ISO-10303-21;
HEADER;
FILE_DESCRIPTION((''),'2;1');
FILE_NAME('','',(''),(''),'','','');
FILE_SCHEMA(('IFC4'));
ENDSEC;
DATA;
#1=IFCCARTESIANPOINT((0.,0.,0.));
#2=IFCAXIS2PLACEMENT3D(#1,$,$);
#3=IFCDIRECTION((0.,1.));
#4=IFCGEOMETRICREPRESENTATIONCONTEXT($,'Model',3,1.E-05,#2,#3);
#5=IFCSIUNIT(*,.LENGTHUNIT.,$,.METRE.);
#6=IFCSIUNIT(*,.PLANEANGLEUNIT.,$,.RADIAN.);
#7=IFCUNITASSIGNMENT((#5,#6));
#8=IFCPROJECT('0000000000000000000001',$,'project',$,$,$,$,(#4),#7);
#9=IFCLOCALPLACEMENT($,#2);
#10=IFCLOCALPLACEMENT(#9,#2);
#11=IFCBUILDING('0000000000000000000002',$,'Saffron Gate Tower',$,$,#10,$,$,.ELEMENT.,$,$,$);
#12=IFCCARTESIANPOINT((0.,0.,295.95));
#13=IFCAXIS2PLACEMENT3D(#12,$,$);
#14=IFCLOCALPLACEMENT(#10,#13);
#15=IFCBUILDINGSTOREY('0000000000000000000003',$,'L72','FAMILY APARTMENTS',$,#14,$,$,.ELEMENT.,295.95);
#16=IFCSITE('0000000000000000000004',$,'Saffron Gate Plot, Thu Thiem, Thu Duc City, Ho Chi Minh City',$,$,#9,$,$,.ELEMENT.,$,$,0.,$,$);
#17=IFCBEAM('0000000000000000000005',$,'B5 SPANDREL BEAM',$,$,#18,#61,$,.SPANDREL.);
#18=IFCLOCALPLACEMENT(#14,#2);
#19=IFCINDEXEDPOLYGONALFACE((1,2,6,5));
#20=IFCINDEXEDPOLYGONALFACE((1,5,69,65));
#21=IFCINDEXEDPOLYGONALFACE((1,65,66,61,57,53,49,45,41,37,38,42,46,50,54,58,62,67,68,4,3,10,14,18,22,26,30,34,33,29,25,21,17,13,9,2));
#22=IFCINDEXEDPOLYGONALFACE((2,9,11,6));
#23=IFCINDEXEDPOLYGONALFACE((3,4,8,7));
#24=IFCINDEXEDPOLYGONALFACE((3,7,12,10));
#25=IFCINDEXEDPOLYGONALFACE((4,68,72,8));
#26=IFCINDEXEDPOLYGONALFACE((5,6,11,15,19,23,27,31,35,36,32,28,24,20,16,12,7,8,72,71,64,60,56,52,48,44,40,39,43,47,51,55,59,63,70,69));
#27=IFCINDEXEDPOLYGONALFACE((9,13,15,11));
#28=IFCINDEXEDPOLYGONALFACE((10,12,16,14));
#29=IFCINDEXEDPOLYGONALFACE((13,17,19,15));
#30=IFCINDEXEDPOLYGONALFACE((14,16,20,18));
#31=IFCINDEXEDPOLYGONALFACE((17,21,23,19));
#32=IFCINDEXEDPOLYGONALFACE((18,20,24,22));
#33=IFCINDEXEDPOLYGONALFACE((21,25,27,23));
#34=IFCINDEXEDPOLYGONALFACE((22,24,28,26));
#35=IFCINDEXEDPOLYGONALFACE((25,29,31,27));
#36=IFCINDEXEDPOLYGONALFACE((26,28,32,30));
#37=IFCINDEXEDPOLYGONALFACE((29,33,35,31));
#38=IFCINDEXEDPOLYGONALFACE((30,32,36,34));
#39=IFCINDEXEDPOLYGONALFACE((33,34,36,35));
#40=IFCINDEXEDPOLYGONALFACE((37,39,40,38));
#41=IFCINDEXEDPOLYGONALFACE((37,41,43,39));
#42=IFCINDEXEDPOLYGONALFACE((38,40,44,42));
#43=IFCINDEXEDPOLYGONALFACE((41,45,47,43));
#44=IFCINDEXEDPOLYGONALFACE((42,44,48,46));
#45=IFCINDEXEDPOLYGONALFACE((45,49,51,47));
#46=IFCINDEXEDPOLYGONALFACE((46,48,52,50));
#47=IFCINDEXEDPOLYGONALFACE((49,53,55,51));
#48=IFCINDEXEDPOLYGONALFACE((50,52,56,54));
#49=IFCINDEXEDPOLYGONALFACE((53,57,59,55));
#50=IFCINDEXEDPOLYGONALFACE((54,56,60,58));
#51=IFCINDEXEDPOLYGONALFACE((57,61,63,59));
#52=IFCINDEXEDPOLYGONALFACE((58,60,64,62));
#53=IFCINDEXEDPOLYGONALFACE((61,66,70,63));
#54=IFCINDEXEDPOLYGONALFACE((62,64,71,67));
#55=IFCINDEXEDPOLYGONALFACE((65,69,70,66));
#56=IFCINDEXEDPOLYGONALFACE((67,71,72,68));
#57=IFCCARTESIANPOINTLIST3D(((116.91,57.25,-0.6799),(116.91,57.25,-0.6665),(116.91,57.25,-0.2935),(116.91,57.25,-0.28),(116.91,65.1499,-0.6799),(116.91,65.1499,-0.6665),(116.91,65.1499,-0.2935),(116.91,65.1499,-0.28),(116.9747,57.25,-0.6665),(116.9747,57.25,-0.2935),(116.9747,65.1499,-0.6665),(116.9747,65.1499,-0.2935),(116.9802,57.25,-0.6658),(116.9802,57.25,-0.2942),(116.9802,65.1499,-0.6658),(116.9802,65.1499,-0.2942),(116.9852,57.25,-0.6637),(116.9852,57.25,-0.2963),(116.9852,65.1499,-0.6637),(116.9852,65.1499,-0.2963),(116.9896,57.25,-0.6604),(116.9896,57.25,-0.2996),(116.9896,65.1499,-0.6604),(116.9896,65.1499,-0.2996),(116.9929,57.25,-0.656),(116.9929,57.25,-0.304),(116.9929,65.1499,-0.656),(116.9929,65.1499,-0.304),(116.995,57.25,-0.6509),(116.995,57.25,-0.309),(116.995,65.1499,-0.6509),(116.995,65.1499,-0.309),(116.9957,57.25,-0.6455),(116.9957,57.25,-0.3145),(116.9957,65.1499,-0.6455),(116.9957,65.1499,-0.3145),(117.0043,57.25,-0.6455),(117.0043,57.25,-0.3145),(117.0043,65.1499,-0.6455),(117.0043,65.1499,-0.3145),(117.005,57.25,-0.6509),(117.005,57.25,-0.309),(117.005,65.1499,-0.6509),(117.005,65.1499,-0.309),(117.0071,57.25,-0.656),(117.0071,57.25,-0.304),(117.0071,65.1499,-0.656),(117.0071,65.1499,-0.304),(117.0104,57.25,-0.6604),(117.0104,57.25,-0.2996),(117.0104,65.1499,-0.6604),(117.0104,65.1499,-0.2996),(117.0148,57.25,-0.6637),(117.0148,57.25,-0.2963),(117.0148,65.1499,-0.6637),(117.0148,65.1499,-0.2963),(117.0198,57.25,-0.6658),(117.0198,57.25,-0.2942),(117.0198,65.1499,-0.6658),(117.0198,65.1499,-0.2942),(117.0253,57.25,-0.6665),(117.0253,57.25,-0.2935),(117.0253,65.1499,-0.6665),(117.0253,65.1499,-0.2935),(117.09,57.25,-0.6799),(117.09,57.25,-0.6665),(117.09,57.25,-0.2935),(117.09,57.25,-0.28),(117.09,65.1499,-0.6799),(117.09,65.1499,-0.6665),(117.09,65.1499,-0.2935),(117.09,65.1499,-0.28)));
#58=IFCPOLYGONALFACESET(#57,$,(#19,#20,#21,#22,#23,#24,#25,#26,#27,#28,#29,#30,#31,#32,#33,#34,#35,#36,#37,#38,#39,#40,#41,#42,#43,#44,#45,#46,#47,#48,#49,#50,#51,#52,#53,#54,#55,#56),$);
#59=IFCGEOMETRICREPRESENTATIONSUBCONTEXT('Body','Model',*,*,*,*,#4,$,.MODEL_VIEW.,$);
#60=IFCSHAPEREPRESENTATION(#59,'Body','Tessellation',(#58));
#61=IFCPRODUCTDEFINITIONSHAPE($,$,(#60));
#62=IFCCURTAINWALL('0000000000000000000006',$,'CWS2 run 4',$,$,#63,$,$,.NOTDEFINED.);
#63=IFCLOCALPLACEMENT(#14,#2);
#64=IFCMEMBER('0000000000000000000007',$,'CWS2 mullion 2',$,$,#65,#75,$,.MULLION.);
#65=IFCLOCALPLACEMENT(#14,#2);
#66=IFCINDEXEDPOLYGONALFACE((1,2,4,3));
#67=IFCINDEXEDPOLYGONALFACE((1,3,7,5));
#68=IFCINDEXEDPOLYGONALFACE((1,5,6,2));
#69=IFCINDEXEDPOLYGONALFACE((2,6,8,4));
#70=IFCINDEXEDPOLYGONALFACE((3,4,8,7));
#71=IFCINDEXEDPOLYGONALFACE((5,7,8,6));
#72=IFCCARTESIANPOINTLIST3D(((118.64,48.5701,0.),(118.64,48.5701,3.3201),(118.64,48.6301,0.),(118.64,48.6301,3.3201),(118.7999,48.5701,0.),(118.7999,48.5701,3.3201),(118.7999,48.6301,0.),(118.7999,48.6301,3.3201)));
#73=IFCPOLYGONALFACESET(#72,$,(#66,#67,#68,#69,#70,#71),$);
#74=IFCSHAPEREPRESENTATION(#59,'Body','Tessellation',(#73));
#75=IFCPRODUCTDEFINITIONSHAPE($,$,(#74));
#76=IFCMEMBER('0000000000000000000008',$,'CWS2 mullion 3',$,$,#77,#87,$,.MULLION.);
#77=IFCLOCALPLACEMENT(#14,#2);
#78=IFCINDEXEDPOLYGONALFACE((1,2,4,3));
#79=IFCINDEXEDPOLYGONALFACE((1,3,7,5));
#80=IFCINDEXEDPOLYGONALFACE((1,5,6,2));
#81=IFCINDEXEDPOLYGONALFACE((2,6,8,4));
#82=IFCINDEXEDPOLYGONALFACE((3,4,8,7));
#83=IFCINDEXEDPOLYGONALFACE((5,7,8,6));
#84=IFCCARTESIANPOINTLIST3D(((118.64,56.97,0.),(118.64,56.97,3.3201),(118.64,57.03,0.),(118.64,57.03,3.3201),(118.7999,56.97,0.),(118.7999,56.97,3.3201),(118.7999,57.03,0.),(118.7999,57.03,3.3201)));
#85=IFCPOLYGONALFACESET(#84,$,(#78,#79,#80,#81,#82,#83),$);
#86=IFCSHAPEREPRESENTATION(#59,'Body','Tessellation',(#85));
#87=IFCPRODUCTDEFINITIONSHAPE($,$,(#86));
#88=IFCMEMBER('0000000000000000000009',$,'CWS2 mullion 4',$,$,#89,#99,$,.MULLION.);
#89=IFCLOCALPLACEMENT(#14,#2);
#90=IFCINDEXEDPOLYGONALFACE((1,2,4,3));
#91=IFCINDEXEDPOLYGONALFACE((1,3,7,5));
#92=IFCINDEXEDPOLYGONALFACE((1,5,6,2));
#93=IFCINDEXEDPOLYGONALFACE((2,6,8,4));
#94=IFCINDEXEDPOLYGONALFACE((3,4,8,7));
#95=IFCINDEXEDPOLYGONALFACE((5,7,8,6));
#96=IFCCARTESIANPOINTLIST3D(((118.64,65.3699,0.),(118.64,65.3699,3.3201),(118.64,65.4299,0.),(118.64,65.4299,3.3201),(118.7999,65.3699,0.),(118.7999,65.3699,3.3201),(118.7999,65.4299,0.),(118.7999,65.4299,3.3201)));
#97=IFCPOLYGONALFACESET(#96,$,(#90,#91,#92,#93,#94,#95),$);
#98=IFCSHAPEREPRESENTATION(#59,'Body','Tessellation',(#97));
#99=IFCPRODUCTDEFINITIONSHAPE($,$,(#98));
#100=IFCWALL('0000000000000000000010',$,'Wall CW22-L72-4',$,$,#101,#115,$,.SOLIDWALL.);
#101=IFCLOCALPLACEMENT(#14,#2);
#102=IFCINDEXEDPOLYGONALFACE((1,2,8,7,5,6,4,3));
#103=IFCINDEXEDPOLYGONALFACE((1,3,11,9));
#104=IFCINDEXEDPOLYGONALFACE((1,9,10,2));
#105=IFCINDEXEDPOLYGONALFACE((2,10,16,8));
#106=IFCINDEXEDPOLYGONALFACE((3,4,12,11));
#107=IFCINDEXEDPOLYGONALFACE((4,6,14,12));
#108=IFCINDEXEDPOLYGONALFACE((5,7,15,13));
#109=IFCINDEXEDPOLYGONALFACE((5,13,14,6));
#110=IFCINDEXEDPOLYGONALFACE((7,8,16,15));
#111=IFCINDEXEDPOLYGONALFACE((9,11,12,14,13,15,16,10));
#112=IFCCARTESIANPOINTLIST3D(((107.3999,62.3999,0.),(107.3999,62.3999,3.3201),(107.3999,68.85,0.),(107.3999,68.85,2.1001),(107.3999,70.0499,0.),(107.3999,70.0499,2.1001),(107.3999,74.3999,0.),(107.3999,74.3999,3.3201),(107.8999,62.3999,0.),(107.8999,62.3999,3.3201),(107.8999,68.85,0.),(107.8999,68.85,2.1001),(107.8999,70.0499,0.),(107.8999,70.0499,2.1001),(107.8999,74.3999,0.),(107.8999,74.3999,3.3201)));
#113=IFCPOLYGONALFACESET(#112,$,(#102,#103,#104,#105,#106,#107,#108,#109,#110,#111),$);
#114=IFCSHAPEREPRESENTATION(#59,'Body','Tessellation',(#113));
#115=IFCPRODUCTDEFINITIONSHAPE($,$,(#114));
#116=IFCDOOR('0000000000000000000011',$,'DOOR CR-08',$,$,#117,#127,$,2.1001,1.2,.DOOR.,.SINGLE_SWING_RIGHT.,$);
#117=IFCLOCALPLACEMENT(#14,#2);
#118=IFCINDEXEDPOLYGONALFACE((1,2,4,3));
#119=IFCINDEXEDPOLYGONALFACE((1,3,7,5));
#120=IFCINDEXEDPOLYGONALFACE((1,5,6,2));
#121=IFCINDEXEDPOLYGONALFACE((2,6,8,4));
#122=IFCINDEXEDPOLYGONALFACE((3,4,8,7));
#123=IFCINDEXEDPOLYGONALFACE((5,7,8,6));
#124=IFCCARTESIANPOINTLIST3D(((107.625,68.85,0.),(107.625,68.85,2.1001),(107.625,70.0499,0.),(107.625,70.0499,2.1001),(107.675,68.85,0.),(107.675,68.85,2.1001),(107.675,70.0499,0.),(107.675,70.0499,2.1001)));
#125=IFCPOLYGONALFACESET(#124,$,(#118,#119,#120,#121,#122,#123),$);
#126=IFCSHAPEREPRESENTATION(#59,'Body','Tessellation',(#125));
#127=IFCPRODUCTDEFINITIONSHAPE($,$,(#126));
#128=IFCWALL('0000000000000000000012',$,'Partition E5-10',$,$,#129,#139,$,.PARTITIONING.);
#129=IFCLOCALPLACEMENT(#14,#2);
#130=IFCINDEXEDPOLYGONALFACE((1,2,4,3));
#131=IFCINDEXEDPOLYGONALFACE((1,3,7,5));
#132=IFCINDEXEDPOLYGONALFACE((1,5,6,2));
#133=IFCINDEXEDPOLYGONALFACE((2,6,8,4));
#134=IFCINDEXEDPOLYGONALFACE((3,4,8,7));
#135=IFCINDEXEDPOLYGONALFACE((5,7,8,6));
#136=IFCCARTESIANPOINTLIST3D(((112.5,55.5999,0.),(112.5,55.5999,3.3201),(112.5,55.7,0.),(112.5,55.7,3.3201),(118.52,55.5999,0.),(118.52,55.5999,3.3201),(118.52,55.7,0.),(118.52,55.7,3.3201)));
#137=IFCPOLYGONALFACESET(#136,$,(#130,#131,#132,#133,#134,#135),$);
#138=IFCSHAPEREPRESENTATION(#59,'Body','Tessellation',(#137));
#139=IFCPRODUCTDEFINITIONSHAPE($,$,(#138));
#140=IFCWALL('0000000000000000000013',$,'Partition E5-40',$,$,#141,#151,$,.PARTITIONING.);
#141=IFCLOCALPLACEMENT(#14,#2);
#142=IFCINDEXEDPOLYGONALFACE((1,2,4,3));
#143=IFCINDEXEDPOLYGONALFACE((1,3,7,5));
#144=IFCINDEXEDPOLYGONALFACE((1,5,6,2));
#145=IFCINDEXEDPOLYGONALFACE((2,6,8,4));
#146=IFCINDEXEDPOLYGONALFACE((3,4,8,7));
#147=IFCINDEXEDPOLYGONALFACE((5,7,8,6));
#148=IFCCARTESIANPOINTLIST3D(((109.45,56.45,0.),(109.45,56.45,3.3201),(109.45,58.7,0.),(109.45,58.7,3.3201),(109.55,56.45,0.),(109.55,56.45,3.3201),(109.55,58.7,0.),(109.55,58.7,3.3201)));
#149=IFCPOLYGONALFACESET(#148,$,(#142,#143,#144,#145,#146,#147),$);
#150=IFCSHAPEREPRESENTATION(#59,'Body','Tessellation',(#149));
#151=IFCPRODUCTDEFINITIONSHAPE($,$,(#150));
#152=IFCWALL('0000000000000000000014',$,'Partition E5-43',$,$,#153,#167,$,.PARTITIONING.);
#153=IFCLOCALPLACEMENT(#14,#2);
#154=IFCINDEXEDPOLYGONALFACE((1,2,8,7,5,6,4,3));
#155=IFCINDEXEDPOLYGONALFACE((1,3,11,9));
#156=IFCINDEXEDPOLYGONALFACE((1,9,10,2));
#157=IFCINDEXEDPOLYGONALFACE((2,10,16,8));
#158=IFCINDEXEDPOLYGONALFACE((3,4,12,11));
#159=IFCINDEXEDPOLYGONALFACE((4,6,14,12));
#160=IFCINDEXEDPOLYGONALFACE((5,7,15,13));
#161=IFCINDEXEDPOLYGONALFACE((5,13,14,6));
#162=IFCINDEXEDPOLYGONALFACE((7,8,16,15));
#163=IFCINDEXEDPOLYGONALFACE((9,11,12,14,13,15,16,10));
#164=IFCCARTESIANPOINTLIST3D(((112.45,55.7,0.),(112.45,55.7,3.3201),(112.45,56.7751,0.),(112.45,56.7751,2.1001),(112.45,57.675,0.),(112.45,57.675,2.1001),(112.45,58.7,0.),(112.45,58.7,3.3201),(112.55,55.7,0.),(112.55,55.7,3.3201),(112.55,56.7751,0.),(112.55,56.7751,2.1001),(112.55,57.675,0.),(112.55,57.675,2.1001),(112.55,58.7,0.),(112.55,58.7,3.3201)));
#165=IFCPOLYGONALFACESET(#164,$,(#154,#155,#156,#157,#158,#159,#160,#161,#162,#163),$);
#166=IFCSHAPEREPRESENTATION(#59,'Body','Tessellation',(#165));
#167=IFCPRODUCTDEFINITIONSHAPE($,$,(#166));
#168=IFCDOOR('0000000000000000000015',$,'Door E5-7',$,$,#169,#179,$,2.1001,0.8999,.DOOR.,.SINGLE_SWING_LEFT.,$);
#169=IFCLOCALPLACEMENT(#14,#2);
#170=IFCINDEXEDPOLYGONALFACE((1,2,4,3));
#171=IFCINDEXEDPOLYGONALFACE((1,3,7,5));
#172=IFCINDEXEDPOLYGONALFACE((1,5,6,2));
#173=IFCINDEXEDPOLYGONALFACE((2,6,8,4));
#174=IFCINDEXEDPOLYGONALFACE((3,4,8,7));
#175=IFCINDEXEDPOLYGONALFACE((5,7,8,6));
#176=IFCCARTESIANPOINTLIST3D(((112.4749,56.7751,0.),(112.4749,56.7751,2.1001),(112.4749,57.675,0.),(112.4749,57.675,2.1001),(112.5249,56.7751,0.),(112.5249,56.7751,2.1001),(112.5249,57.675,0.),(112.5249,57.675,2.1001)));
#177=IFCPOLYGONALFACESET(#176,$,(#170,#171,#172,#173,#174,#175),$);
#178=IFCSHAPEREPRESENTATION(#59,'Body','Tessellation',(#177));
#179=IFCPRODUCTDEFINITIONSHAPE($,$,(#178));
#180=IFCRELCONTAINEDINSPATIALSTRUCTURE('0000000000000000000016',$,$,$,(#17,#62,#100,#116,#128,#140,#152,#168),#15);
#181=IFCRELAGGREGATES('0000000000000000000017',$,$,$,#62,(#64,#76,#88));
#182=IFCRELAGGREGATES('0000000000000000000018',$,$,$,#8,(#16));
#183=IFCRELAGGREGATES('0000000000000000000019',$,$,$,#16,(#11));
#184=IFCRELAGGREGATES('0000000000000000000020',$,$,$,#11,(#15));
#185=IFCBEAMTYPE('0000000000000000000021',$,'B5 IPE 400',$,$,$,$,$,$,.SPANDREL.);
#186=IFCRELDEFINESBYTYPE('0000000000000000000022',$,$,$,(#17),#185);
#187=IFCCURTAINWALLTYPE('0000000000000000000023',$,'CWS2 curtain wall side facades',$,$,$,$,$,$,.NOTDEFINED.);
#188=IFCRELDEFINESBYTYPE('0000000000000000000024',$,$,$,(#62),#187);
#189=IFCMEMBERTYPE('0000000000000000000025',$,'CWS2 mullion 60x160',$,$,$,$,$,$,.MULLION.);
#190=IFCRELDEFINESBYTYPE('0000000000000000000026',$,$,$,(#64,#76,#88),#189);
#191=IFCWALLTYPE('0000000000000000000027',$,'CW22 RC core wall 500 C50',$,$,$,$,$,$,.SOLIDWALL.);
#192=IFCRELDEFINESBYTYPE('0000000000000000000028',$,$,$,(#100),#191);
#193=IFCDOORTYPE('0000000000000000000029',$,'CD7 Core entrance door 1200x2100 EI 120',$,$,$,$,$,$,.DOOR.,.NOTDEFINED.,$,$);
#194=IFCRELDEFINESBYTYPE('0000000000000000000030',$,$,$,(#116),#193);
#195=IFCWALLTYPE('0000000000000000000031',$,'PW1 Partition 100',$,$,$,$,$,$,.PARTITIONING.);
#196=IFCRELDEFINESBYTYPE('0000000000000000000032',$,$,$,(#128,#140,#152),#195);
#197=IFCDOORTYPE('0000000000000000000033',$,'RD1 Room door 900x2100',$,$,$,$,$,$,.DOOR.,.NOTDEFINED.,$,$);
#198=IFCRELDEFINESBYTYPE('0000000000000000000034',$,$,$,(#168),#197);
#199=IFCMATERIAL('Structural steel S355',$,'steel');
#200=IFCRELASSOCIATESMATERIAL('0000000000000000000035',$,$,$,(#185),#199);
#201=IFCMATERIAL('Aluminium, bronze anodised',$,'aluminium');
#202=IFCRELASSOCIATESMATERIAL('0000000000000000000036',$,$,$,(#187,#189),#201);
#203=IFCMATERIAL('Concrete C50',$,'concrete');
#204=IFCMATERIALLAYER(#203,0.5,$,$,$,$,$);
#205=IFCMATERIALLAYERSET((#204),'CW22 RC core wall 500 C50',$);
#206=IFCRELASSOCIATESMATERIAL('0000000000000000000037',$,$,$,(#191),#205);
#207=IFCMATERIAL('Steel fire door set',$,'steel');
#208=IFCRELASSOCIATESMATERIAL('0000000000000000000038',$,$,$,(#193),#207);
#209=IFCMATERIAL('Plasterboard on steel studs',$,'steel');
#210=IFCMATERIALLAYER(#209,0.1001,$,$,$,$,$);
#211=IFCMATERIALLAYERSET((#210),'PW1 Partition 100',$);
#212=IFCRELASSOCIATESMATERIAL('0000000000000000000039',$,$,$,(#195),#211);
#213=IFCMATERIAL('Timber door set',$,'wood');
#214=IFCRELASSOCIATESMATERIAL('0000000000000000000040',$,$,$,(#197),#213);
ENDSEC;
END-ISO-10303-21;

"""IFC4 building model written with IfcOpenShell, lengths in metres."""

from ifc_helpers import new_model, si_unit, direction, frame, frame_2d, origin, origin_2d, place, context, subcontext, project, spatial, rectangle, i_section, extrude, material, layer, layer_set, material_profile, profile_set, type_object, element, fill, aggregate, save


model = new_model("IFC4")

# Units and contexts
model_context = context("Model", 3, precision=1e-05, world=origin(), true_north=direction((0.0, 1.0)))
body_context = subcontext(model_context, "Body", "Model", "MODEL_VIEW")
ifc_project = project(units=[si_unit("LENGTHUNIT", "METRE"), si_unit("PLANEANGLEUNIT", "RADIAN")], contexts=[model_context])

# Site, building, storey
site_placement = place(None, origin())
site = spatial("IfcSite", under=ifc_project, at=site_placement, Name="Saffron Gate Plot, Thu Thiem, Thu Duc City, Ho Chi Minh City", CompositionType="ELEMENT", RefElevation=0.0)
building_placement = place(site_placement, origin())
building = spatial("IfcBuilding", under=site, at=building_placement, Name="Saffron Gate Tower", CompositionType="ELEMENT")
storey_placement = place(building_placement, frame((0.0, 0.0, 295.95)))
storey = spatial("IfcBuildingStorey", under=building, at=storey_placement, Name="L72", Description="FAMILY APARTMENTS", CompositionType="ELEMENT", Elevation=295.95)

# Beam
ifc_material_1 = material(Name="Structural steel S355", Category="steel")
ifc_material_profile_1 = material_profile(ifc_material_1, i_section(OverallWidth=0.1799, OverallDepth=0.3999, WebThickness=0.0085, FlangeThickness=0.0134, FilletRadius=0.021, at=origin_2d()))
ifc_profile_set_1 = profile_set([ifc_material_profile_1], Name="Structural steel S355")
beam_type_1 = type_object("IfcBeamType", Name="B5 IPE 400", PredefinedType="SPANDREL", material=ifc_profile_set_1)
for number, where, z_axis, x_axis, name in (
    (1, (117.0, 57.25, -0.48), (0.0, 1.0, 0.0), (-1.0, 0.0, 0.0), "B5 SPANDREL BEAM"),
):
    element("IfcBeam", number, at=place(storey_placement, frame(where, z_axis=z_axis, x_axis=x_axis)), inside=storey, type_object=beam_type_1, Name=name, PredefinedType="SPANDREL", context=body_context, shape_type="SweptSolid", body=[
        extrude(i_section(OverallWidth=0.1799, OverallDepth=0.3999, WebThickness=0.0085, FlangeThickness=0.0134, FilletRadius=0.021, at=origin_2d()), origin(), (0.0, 0.0, 1.0), 7.8999),
    ])

# Curtain wall, members
ifc_material_2 = material(Name="Aluminium, bronze anodised", Category="aluminium")
curtain_wall_type = type_object("IfcCurtainWallType", Name="CWS2 curtain wall side facades", PredefinedType="NOTDEFINED", material=ifc_material_2)
curtain_wall_placement = place(storey_placement, origin())
curtain_wall = element("IfcCurtainWall", 2, at=curtain_wall_placement, inside=storey, type_object=curtain_wall_type, Name="CWS2 run 4", PredefinedType="NOTDEFINED")
ifc_material_profile_2 = material_profile(ifc_material_2, rectangle(XDim=0.1599, YDim=0.0601, at=origin_2d()))
ifc_profile_set_2 = profile_set([ifc_material_profile_2], Name="Aluminium, bronze anodised")
member_type = type_object("IfcMemberType", Name="CWS2 mullion 60x160", PredefinedType="MULLION", material=ifc_profile_set_2)
member_1_placement = place(storey_placement, frame((118.72, 48.6001, 0.0), z_axis=(0.0, 0.0, 1.0), x_axis=(-1.0, 0.0, 0.0)))
member_1 = element("IfcMember", 3, at=member_1_placement, type_object=member_type, Name="CWS2 mullion 2", PredefinedType="MULLION", context=body_context, shape_type="SweptSolid", body=[
    extrude(rectangle(XDim=0.1599, YDim=0.0601, at=origin_2d()), origin(), (0.0, 0.0, 1.0), 3.3201),
])
member_2_placement = place(storey_placement, frame((118.72, 57.0, 0.0), z_axis=(0.0, 0.0, 1.0), x_axis=(-1.0, 0.0, 0.0)))
member_2 = element("IfcMember", 4, at=member_2_placement, type_object=member_type, Name="CWS2 mullion 3", PredefinedType="MULLION", context=body_context, shape_type="SweptSolid", body=[
    extrude(rectangle(XDim=0.1599, YDim=0.0601, at=origin_2d()), origin(), (0.0, 0.0, 1.0), 3.3201),
])
member_3_placement = place(storey_placement, frame((118.72, 65.3999, 0.0), z_axis=(0.0, 0.0, 1.0), x_axis=(-1.0, 0.0, 0.0)))
member_3 = element("IfcMember", 5, at=member_3_placement, type_object=member_type, Name="CWS2 mullion 4", PredefinedType="MULLION", context=body_context, shape_type="SweptSolid", body=[
    extrude(rectangle(XDim=0.1599, YDim=0.0601, at=origin_2d()), origin(), (0.0, 0.0, 1.0), 3.3201),
])
aggregate(curtain_wall, [member_1, member_2, member_3])

# Wall, opening, door
ifc_material_3 = material(Name="Concrete C50", Category="concrete")
ifc_layer_1 = layer(ifc_material_3, 0.5)
ifc_layer_set_1 = layer_set([ifc_layer_1], Name="CW22 RC core wall 500 C50")
wall_type_1 = type_object("IfcWallType", Name="CW22 RC core wall 500 C50", PredefinedType="SOLIDWALL", material=ifc_layer_set_1)
wall_1_placement = place(storey_placement, frame((107.6499, 62.3999, 0.0), z_axis=(0.0, 0.0, 1.0), x_axis=(0.0, 1.0, 0.0)))
wall_1 = element("IfcWall", 6, at=wall_1_placement, inside=storey, type_object=wall_type_1, Name="Wall CW22-L72-4", PredefinedType="SOLIDWALL", context=body_context, shape_type="SweptSolid", body=[
    extrude(rectangle(XDim=12.0, YDim=0.5, at=frame_2d((6.0, 0.0))), origin(), (0.0, 0.0, 1.0), 3.3201),
])
opening_1_placement = place(wall_1_placement, frame((6.45, 0.0, 0.0)))
opening_1 = element("IfcOpeningElement", 7, at=opening_1_placement, cuts=wall_1, PredefinedType="OPENING", context=body_context, shape_type="SweptSolid", body=[
    extrude(rectangle(XDim=1.2, YDim=2.1001, at=frame_2d((0.6001, 1.05))), frame((0.0, 0.26, 0.0), z_axis=(0.0, -1.0, 0.0), x_axis=(1.0, 0.0, 0.0)), (0.0, 0.0, 1.0), 0.52),
])
ifc_material_4 = material(Name="Steel fire door set", Category="steel")
door_type_1 = type_object("IfcDoorType", Name="CD7 Core entrance door 1200x2100 EI 120", OperationType="NOTDEFINED", PredefinedType="DOOR", material=ifc_material_4)
door_1_placement = place(opening_1_placement, origin())
door_1 = element("IfcDoor", 8, at=door_1_placement, inside=storey, type_object=door_type_1, Name="DOOR CR-08", OperationType="SINGLE_SWING_RIGHT", OverallHeight=2.1001, OverallWidth=1.2, PredefinedType="DOOR", context=body_context, shape_type="SweptSolid", body=[
    extrude(rectangle(XDim=1.2, YDim=2.1001, at=frame_2d((0.6001, 1.05))), frame((0.0, 0.0249, 0.0), z_axis=(0.0, -1.0, 0.0), x_axis=(1.0, 0.0, 0.0)), (0.0, 0.0, 1.0), 0.05),
])
fill(opening_1, door_1)

# Walls
ifc_material_5 = material(Name="Plasterboard on steel studs", Category="steel")
ifc_layer_2 = layer(ifc_material_5, 0.1001)
ifc_layer_set_2 = layer_set([ifc_layer_2], Name="PW1 Partition 100")
wall_type_2 = type_object("IfcWallType", Name="PW1 Partition 100", PredefinedType="PARTITIONING", material=ifc_layer_set_2)
wall_2_placement = place(storey_placement, frame((112.5, 55.6499, 0.0), z_axis=(0.0, 0.0, 1.0), x_axis=(1.0, 0.0, 0.0)))
element("IfcWall", 9, at=wall_2_placement, inside=storey, type_object=wall_type_2, Name="Partition E5-10", PredefinedType="PARTITIONING", context=body_context, shape_type="SweptSolid", body=[
    extrude(rectangle(XDim=6.02, YDim=0.1001, at=frame_2d((3.01, 0.0))), origin(), (0.0, 0.0, 1.0), 3.3201),
])
wall_3_placement = place(storey_placement, frame((109.5, 58.7, 0.0), z_axis=(0.0, 0.0, 1.0), x_axis=(0.0, -1.0, 0.0)))
element("IfcWall", 10, at=wall_3_placement, inside=storey, type_object=wall_type_2, Name="Partition E5-40", PredefinedType="PARTITIONING", context=body_context, shape_type="SweptSolid", body=[
    extrude(rectangle(XDim=2.25, YDim=0.1001, at=frame_2d((1.125, 0.0))), origin(), (0.0, 0.0, 1.0), 3.3201),
])

# Wall, opening, door
wall_4_placement = place(storey_placement, frame((112.5, 58.7, 0.0), z_axis=(0.0, 0.0, 1.0), x_axis=(0.0, -1.0, 0.0)))
wall_4 = element("IfcWall", 11, at=wall_4_placement, inside=storey, type_object=wall_type_2, Name="Partition E5-43", PredefinedType="PARTITIONING", context=body_context, shape_type="SweptSolid", body=[
    extrude(rectangle(XDim=3.0, YDim=0.1001, at=frame_2d((1.5, 0.0))), origin(), (0.0, 0.0, 1.0), 3.3201),
])
opening_2_placement = place(wall_4_placement, frame((1.0249, 0.0, 0.0)))
opening_2 = element("IfcOpeningElement", 12, at=opening_2_placement, cuts=wall_4, PredefinedType="OPENING", context=body_context, shape_type="SweptSolid", body=[
    extrude(rectangle(XDim=0.8999, YDim=2.1001, at=frame_2d((0.45, 1.05))), frame((0.0, 0.0601, 0.0), z_axis=(0.0, -1.0, 0.0), x_axis=(1.0, 0.0, 0.0)), (0.0, 0.0, 1.0), 0.1201),
])
ifc_material_6 = material(Name="Timber door set", Category="wood")
door_type_2 = type_object("IfcDoorType", Name="RD1 Room door 900x2100", OperationType="NOTDEFINED", PredefinedType="DOOR", material=ifc_material_6)
door_2_placement = place(opening_2_placement, origin())
door_2 = element("IfcDoor", 13, at=door_2_placement, inside=storey, type_object=door_type_2, Name="Door E5-7", OperationType="SINGLE_SWING_LEFT", OverallHeight=2.1001, OverallWidth=0.8999, PredefinedType="DOOR", context=body_context, shape_type="SweptSolid", body=[
    extrude(rectangle(XDim=0.8999, YDim=2.1001, at=frame_2d((0.45, 1.05))), frame((0.0, 0.0249, 0.0), z_axis=(0.0, -1.0, 0.0), x_axis=(1.0, 0.0, 0.0)), (0.0, 0.0, 1.0), 0.05),
])
fill(opening_2, door_2)

save(model, "model.ifc")
